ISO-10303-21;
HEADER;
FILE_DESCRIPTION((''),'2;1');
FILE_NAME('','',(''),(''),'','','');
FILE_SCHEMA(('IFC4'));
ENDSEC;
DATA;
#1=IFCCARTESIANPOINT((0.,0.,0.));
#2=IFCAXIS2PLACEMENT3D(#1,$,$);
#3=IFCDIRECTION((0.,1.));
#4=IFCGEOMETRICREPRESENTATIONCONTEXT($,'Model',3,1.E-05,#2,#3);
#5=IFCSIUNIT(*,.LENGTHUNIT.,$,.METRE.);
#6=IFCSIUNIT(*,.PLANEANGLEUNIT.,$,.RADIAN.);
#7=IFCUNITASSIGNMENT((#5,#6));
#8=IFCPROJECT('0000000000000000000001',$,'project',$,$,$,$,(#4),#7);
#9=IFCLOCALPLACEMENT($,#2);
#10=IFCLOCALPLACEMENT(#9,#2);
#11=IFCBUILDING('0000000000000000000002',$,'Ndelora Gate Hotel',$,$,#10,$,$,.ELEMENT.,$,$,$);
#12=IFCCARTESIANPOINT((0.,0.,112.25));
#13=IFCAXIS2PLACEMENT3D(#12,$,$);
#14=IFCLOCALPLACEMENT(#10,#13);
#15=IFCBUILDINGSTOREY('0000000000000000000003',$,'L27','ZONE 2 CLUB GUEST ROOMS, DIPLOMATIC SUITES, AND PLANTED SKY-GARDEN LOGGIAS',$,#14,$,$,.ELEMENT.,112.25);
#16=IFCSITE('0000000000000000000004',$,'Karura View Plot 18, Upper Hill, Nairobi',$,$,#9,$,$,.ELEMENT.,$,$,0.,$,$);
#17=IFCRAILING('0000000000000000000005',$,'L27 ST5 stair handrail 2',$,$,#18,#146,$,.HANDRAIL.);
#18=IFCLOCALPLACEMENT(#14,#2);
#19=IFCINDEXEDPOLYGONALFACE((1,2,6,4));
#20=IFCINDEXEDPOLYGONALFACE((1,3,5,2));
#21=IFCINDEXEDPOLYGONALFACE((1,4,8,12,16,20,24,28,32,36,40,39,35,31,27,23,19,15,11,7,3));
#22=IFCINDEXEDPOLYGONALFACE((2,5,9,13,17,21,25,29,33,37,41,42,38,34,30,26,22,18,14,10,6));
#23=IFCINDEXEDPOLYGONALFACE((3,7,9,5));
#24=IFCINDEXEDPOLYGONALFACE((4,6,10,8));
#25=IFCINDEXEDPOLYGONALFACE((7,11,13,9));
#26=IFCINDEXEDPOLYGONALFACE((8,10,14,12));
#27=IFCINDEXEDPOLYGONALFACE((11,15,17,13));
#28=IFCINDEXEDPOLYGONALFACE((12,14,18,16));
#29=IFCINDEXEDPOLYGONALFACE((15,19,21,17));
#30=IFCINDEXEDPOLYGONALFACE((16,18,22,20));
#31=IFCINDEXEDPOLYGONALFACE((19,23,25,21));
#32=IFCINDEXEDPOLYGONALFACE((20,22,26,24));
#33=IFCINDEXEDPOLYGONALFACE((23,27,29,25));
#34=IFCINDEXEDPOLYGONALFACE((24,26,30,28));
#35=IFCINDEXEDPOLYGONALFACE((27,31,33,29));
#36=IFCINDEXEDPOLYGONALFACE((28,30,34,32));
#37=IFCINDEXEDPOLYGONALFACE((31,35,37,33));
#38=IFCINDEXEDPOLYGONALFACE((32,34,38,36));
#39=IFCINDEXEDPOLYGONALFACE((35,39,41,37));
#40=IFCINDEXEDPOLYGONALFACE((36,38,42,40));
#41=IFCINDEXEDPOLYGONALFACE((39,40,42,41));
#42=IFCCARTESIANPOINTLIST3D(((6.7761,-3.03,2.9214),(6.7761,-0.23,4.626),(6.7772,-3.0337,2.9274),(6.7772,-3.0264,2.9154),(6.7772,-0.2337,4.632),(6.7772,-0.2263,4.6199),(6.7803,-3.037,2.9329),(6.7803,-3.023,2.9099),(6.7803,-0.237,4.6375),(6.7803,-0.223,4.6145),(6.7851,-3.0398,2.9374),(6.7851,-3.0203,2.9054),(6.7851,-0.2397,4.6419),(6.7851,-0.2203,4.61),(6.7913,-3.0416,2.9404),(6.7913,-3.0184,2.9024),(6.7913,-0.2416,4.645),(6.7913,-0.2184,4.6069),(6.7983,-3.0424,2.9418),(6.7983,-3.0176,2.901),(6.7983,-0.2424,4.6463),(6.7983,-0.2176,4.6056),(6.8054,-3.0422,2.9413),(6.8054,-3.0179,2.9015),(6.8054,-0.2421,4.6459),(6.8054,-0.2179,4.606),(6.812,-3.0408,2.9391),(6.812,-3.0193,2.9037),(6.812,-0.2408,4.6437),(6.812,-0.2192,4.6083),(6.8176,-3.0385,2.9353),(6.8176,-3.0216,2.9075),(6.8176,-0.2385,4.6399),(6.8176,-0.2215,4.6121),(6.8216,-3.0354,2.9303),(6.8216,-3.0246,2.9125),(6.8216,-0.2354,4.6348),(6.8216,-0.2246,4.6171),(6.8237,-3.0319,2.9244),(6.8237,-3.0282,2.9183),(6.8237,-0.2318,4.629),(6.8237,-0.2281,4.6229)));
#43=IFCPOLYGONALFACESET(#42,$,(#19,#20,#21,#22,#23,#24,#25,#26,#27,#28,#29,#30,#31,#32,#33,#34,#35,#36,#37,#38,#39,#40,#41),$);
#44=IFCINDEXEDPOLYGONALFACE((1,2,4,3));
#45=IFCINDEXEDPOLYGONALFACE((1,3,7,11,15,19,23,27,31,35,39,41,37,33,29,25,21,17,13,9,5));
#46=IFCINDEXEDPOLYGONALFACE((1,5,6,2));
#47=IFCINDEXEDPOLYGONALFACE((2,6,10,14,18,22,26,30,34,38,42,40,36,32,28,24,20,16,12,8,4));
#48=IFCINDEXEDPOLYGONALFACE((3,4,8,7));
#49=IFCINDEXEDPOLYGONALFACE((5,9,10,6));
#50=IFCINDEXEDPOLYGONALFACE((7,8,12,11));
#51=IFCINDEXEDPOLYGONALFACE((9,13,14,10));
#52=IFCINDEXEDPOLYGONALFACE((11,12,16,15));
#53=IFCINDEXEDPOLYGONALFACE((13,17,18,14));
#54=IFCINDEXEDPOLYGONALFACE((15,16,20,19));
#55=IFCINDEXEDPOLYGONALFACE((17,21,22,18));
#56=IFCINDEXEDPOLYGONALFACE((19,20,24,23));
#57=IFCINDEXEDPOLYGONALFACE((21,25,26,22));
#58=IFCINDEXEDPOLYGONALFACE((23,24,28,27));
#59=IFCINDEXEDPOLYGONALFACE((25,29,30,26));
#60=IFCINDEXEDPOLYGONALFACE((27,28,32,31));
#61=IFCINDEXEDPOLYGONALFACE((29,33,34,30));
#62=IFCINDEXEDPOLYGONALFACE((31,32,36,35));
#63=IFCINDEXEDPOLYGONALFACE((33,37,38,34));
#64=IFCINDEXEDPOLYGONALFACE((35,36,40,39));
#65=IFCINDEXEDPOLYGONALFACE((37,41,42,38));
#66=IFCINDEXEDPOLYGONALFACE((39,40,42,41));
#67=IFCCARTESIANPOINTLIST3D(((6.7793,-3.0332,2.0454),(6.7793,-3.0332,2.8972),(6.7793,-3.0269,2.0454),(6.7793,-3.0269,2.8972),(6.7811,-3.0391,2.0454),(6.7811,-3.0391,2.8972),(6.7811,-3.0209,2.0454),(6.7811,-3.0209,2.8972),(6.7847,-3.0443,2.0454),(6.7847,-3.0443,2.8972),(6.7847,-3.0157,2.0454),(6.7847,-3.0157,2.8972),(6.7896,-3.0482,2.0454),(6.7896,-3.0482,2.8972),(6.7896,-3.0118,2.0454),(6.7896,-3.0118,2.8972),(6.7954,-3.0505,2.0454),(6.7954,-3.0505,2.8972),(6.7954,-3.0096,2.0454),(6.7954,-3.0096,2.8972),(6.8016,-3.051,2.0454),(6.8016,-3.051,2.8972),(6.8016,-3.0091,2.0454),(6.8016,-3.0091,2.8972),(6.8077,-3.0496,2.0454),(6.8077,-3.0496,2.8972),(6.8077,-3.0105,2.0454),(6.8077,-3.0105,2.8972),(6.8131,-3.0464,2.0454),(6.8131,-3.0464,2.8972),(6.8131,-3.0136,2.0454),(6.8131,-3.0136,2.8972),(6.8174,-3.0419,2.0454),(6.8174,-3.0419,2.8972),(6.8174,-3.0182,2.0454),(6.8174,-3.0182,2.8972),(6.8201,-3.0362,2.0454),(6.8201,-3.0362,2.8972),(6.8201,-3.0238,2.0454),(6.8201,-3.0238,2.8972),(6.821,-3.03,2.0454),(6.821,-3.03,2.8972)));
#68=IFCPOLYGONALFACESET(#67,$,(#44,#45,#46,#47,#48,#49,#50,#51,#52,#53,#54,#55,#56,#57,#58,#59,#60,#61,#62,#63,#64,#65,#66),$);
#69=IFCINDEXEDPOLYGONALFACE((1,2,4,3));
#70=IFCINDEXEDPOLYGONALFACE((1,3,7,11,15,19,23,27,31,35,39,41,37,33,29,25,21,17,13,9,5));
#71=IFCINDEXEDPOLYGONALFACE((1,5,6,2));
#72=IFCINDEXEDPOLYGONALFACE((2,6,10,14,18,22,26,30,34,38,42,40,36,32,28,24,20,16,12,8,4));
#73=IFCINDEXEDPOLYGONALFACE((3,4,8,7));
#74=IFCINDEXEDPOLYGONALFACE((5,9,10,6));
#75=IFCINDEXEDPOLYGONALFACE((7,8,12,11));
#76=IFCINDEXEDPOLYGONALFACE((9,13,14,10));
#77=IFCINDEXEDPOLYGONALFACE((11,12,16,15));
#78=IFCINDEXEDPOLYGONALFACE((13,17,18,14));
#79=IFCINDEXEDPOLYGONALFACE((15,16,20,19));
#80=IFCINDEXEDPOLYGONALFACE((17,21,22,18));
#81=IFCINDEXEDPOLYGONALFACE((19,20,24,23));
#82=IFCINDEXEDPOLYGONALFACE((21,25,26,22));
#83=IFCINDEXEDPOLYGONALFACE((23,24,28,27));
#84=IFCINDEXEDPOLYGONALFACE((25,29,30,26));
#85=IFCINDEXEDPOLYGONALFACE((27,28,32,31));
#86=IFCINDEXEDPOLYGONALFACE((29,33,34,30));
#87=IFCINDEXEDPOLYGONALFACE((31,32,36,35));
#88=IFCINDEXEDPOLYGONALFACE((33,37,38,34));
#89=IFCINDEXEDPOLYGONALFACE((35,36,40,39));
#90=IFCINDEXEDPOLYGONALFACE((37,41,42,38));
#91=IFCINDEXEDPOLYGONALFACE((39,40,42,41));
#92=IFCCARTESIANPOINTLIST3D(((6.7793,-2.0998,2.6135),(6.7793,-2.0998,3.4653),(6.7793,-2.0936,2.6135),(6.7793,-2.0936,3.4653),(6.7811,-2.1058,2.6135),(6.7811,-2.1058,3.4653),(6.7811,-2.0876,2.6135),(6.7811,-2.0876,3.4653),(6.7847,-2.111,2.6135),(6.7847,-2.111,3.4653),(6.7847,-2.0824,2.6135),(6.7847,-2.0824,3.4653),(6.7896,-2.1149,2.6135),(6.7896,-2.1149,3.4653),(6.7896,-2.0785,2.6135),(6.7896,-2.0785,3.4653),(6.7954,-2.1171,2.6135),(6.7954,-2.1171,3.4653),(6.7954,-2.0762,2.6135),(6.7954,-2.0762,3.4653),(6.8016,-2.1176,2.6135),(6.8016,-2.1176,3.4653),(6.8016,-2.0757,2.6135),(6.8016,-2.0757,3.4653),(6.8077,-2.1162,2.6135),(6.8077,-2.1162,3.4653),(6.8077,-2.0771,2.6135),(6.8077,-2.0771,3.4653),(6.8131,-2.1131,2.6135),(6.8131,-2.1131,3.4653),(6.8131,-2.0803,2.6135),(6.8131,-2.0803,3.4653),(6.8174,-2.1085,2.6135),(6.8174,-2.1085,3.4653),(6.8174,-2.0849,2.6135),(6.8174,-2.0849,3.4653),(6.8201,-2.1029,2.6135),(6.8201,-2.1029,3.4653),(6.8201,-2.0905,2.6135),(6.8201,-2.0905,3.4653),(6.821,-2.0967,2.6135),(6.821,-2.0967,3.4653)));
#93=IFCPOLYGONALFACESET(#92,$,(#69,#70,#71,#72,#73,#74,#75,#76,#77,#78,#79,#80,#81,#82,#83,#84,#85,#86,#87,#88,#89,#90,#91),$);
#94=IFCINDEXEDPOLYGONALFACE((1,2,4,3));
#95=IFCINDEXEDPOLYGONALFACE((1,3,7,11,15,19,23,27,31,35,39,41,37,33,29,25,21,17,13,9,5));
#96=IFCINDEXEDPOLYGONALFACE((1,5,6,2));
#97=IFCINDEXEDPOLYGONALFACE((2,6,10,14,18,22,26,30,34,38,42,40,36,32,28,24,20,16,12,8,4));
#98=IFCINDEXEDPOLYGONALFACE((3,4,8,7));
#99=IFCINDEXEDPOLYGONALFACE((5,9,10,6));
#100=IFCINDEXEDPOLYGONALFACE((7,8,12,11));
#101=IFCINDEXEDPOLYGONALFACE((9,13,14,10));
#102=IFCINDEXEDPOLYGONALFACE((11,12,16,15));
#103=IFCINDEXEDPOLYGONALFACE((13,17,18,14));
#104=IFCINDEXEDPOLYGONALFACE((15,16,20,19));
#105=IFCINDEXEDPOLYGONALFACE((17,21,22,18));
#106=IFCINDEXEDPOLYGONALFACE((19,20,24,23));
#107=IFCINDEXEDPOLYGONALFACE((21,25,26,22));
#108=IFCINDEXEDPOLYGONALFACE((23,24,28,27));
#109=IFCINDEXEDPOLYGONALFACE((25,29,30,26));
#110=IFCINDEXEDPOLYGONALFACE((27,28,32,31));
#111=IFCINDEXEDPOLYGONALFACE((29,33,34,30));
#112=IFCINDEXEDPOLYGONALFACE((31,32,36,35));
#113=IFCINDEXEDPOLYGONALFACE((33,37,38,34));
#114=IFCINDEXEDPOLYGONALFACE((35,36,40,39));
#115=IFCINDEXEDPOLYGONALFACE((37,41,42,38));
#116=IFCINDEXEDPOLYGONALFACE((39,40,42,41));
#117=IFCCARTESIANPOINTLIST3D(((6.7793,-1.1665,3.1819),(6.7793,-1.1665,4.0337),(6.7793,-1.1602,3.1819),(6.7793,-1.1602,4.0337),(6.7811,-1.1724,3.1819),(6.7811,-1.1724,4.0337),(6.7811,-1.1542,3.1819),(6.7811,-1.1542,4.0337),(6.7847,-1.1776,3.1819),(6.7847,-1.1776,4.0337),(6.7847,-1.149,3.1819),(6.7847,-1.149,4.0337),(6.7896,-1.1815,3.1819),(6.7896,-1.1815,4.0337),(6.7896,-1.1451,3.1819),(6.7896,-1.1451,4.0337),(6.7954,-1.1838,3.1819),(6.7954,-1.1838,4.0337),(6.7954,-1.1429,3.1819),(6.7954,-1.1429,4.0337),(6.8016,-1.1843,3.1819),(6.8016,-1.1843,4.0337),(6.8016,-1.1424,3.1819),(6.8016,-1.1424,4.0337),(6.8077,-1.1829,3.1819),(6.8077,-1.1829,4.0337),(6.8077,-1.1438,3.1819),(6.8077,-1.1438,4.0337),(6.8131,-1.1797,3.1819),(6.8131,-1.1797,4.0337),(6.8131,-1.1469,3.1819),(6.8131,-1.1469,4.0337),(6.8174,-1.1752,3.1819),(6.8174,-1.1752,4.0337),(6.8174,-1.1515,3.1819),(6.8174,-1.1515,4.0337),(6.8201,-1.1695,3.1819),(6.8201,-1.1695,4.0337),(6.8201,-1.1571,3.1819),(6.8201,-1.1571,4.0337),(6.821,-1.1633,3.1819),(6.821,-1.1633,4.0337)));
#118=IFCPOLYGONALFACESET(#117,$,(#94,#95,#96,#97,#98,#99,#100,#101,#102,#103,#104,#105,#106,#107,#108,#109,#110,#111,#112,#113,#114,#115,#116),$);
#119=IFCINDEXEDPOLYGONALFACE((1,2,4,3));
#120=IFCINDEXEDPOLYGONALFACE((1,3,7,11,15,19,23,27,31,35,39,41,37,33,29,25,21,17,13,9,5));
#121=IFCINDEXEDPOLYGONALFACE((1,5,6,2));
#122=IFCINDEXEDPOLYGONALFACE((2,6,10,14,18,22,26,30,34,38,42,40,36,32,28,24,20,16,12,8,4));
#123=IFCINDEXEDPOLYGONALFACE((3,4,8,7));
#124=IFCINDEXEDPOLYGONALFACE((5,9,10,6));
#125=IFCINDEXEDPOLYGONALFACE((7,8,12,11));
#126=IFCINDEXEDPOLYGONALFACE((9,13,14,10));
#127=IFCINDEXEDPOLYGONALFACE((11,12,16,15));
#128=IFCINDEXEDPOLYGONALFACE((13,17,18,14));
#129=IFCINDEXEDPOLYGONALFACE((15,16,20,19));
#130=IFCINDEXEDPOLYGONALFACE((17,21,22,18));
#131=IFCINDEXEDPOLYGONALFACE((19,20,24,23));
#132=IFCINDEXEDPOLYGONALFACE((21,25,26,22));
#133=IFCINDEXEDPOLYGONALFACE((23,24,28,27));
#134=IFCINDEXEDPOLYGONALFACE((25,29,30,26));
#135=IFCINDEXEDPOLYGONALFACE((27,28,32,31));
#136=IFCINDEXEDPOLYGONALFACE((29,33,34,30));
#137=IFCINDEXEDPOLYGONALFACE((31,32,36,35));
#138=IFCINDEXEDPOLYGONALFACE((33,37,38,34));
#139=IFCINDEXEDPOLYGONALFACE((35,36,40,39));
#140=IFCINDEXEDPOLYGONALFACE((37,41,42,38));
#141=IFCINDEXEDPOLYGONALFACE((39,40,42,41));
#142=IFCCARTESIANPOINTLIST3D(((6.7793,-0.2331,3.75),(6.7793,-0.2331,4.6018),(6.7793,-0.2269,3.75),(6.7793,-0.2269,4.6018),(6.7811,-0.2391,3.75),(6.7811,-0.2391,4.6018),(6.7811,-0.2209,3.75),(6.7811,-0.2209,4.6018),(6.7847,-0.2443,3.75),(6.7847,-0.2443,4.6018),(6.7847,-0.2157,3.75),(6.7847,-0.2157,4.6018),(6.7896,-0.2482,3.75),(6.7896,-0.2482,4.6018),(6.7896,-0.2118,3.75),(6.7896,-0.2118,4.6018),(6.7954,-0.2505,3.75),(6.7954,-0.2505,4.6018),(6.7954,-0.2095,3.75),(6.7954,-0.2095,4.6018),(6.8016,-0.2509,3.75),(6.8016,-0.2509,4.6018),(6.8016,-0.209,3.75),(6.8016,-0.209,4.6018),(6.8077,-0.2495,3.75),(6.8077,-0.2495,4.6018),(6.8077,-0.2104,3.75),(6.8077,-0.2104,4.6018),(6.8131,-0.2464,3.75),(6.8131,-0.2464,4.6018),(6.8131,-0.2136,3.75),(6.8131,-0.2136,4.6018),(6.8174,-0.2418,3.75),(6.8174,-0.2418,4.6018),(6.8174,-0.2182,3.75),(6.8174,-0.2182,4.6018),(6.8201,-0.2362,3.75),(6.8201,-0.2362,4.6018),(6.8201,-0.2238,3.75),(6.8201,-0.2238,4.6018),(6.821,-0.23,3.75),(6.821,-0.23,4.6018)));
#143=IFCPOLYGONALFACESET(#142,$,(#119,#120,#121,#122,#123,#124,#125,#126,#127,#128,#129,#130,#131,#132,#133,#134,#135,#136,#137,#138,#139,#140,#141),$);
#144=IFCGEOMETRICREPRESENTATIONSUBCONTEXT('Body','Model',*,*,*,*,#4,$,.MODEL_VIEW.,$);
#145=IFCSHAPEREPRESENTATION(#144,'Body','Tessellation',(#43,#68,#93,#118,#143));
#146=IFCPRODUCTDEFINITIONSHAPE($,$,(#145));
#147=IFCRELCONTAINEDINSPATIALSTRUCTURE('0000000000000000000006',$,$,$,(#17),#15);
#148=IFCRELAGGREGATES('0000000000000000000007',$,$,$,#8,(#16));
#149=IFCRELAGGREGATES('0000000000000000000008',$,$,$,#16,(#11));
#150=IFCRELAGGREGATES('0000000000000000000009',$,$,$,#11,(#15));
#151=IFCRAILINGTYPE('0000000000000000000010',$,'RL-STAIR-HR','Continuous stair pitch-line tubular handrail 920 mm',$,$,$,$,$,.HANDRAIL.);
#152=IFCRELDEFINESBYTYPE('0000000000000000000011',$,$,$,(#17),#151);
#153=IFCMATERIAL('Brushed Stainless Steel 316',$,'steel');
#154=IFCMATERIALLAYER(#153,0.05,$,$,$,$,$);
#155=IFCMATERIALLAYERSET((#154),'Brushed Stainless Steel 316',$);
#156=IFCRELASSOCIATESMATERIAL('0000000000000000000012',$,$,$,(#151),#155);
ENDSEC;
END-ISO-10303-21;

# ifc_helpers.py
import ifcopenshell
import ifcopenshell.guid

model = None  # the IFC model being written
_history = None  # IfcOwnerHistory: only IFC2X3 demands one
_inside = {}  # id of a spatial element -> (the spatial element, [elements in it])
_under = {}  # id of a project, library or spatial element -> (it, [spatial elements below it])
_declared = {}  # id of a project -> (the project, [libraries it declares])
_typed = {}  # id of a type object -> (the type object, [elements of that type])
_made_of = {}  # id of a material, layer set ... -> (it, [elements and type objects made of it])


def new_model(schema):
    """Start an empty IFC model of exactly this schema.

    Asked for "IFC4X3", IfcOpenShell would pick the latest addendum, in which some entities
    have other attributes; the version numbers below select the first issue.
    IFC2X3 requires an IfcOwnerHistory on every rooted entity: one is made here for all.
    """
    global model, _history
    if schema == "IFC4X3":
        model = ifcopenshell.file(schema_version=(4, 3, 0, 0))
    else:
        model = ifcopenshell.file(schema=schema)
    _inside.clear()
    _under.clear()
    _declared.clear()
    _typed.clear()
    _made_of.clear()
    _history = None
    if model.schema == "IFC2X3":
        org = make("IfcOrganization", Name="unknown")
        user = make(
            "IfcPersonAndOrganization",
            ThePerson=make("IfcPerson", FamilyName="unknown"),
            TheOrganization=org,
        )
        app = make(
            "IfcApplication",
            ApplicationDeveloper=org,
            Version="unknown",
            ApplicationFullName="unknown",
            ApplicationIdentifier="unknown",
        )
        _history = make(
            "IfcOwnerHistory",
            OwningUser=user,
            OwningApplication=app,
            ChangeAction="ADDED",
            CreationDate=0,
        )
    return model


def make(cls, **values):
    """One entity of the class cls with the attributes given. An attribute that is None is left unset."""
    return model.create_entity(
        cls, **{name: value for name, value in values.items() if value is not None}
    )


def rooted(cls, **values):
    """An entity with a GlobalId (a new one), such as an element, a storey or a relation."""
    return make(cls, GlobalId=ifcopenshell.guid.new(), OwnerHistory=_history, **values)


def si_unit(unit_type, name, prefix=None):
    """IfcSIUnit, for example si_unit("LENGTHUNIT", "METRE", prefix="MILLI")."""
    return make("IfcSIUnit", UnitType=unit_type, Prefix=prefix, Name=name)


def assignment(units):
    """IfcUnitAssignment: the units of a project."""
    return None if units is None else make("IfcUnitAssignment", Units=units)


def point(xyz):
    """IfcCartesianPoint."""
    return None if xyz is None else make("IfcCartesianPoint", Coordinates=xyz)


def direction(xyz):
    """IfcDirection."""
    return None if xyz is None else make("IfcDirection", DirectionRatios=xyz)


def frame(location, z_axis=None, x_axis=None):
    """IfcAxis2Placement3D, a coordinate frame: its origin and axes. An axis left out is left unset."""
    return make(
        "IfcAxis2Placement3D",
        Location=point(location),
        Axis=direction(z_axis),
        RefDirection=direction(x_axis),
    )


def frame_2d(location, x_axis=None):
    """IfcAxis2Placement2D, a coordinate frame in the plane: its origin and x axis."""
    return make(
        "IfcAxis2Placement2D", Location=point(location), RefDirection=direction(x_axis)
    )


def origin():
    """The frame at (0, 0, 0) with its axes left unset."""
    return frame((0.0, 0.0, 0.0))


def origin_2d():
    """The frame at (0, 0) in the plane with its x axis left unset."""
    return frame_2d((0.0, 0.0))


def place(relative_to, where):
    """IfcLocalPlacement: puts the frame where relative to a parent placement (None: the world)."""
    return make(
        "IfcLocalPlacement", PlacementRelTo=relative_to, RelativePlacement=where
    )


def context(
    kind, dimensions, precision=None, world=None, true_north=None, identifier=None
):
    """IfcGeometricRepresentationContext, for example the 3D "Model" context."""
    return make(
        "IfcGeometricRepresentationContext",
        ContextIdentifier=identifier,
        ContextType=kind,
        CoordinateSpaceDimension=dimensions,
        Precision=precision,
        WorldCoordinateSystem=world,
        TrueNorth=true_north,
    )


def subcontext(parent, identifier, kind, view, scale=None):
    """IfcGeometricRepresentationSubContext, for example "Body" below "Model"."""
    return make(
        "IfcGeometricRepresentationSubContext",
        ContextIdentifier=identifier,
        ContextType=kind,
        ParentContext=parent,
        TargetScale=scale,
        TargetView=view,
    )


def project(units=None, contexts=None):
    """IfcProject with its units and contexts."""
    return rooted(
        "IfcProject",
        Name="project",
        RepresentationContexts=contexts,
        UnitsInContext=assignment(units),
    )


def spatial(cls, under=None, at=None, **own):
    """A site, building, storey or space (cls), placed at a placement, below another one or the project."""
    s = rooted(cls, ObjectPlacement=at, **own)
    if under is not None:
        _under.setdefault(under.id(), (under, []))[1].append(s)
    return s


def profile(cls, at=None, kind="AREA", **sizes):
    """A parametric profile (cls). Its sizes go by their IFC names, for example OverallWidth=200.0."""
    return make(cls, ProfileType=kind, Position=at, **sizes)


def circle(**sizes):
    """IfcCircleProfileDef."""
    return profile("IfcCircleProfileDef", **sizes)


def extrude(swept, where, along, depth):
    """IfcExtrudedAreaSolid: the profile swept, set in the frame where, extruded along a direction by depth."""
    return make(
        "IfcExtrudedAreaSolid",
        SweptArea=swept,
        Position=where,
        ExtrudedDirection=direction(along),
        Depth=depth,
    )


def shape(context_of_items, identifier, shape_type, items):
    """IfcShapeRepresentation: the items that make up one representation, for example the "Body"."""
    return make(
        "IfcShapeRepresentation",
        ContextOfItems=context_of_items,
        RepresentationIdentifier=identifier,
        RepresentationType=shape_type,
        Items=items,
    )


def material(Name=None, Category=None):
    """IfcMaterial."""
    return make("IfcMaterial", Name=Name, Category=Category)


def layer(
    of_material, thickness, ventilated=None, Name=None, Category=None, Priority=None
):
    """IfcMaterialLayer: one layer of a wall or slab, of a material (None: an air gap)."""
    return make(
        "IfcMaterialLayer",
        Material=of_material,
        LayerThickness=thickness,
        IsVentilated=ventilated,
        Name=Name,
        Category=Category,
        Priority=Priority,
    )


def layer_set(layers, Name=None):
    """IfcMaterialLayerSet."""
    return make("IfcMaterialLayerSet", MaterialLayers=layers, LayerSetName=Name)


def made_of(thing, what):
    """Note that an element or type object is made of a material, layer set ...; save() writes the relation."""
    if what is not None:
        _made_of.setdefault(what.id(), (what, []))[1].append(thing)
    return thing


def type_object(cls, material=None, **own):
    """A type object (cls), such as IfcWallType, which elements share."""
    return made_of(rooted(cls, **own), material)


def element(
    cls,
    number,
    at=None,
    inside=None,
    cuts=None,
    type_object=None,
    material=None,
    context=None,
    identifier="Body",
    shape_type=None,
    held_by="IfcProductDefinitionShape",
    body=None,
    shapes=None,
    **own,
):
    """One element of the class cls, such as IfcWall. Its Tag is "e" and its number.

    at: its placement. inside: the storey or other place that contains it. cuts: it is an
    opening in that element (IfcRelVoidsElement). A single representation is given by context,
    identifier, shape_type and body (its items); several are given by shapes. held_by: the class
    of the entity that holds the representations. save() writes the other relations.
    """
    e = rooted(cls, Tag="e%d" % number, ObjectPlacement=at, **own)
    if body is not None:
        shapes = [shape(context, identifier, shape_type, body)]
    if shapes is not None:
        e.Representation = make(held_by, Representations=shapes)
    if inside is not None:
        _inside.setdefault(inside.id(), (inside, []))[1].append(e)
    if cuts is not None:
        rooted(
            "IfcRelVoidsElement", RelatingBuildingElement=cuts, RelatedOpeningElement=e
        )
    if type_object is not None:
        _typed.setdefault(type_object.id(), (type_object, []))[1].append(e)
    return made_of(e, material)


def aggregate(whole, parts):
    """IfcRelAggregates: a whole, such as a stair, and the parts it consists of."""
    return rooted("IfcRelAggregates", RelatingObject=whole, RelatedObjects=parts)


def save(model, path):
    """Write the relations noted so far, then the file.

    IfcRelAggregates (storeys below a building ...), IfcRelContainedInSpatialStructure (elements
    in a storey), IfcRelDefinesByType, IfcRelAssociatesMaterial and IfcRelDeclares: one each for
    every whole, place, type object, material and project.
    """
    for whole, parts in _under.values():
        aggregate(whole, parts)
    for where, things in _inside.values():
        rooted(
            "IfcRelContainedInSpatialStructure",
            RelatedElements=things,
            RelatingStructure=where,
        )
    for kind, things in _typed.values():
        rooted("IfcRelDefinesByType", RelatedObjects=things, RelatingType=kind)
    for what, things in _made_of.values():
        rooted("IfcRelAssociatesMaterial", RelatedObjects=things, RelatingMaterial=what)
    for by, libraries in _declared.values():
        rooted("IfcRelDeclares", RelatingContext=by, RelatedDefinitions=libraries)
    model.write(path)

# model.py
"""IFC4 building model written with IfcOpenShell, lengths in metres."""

from ifc_helpers import new_model, si_unit, direction, frame, origin, origin_2d, place, context, subcontext, project, spatial, circle, extrude, material, layer, layer_set, type_object, element, save


model = new_model("IFC4")

# Units and contexts
model_context = context("Model", 3, precision=1e-05, world=origin(), true_north=direction((0.0, 1.0)))
body_context = subcontext(model_context, "Body", "Model", "MODEL_VIEW")
ifc_project = project(units=[si_unit("LENGTHUNIT", "METRE"), si_unit("PLANEANGLEUNIT", "RADIAN")], contexts=[model_context])

# Site, building, storey
site_placement = place(None, origin())
site = spatial("IfcSite", under=ifc_project, at=site_placement, Name="Karura View Plot 18, Upper Hill, Nairobi", CompositionType="ELEMENT", RefElevation=0.0)
building_placement = place(site_placement, origin())
building = spatial("IfcBuilding", under=site, at=building_placement, Name="Ndelora Gate Hotel", CompositionType="ELEMENT")
storey_placement = place(building_placement, frame((0.0, 0.0, 112.25)))
storey = spatial("IfcBuildingStorey", under=building, at=storey_placement, Name="L27", Description="ZONE 2 CLUB GUEST ROOMS, DIPLOMATIC SUITES, AND PLANTED SKY-GARDEN LOGGIAS", CompositionType="ELEMENT", Elevation=112.25)

# Railing
ifc_material_1 = material(Name="Brushed Stainless Steel 316", Category="steel")
ifc_layer_1 = layer(ifc_material_1, 0.05)
ifc_layer_set_1 = layer_set([ifc_layer_1], Name="Brushed Stainless Steel 316")
railing_type_1 = type_object("IfcRailingType", Name="RL-STAIR-HR", Description="Continuous stair pitch-line tubular handrail 920 mm", PredefinedType="HANDRAIL", material=ifc_layer_set_1)
railing_1_placement = place(storey_placement, frame((6.8, -3.03, 2.0454)))
element("IfcRailing", 1, at=railing_1_placement, inside=storey, type_object=railing_type_1, Name="L27 ST5 stair handrail 2", PredefinedType="HANDRAIL", context=body_context, shape_type="SweptSolid", body=[
    extrude(circle(Radius=0.0239, at=origin_2d()), frame((0.0, 0.0, 0.876), z_axis=(0.0, 0.85417, 0.519994), x_axis=(-1.0, 0.0, 0.0)), (0.0, 0.0, 1.0), 3.2781),
    extrude(circle(Radius=0.021, at=origin_2d()), origin(), (0.0, 0.0, 1.0), 0.8518),
    extrude(circle(Radius=0.021, at=origin_2d()), frame((0.0, 0.9333, 0.5681)), (0.0, 0.0, 1.0), 0.8518),
    extrude(circle(Radius=0.021, at=origin_2d()), frame((0.0, 1.8667, 1.1365)), (0.0, 0.0, 1.0), 0.8518),
    extrude(circle(Radius=0.021, at=origin_2d()), frame((0.0, 2.8, 1.7046)), (0.0, 0.0, 1.0), 0.8518),
])

save(model, "model.ifc")
